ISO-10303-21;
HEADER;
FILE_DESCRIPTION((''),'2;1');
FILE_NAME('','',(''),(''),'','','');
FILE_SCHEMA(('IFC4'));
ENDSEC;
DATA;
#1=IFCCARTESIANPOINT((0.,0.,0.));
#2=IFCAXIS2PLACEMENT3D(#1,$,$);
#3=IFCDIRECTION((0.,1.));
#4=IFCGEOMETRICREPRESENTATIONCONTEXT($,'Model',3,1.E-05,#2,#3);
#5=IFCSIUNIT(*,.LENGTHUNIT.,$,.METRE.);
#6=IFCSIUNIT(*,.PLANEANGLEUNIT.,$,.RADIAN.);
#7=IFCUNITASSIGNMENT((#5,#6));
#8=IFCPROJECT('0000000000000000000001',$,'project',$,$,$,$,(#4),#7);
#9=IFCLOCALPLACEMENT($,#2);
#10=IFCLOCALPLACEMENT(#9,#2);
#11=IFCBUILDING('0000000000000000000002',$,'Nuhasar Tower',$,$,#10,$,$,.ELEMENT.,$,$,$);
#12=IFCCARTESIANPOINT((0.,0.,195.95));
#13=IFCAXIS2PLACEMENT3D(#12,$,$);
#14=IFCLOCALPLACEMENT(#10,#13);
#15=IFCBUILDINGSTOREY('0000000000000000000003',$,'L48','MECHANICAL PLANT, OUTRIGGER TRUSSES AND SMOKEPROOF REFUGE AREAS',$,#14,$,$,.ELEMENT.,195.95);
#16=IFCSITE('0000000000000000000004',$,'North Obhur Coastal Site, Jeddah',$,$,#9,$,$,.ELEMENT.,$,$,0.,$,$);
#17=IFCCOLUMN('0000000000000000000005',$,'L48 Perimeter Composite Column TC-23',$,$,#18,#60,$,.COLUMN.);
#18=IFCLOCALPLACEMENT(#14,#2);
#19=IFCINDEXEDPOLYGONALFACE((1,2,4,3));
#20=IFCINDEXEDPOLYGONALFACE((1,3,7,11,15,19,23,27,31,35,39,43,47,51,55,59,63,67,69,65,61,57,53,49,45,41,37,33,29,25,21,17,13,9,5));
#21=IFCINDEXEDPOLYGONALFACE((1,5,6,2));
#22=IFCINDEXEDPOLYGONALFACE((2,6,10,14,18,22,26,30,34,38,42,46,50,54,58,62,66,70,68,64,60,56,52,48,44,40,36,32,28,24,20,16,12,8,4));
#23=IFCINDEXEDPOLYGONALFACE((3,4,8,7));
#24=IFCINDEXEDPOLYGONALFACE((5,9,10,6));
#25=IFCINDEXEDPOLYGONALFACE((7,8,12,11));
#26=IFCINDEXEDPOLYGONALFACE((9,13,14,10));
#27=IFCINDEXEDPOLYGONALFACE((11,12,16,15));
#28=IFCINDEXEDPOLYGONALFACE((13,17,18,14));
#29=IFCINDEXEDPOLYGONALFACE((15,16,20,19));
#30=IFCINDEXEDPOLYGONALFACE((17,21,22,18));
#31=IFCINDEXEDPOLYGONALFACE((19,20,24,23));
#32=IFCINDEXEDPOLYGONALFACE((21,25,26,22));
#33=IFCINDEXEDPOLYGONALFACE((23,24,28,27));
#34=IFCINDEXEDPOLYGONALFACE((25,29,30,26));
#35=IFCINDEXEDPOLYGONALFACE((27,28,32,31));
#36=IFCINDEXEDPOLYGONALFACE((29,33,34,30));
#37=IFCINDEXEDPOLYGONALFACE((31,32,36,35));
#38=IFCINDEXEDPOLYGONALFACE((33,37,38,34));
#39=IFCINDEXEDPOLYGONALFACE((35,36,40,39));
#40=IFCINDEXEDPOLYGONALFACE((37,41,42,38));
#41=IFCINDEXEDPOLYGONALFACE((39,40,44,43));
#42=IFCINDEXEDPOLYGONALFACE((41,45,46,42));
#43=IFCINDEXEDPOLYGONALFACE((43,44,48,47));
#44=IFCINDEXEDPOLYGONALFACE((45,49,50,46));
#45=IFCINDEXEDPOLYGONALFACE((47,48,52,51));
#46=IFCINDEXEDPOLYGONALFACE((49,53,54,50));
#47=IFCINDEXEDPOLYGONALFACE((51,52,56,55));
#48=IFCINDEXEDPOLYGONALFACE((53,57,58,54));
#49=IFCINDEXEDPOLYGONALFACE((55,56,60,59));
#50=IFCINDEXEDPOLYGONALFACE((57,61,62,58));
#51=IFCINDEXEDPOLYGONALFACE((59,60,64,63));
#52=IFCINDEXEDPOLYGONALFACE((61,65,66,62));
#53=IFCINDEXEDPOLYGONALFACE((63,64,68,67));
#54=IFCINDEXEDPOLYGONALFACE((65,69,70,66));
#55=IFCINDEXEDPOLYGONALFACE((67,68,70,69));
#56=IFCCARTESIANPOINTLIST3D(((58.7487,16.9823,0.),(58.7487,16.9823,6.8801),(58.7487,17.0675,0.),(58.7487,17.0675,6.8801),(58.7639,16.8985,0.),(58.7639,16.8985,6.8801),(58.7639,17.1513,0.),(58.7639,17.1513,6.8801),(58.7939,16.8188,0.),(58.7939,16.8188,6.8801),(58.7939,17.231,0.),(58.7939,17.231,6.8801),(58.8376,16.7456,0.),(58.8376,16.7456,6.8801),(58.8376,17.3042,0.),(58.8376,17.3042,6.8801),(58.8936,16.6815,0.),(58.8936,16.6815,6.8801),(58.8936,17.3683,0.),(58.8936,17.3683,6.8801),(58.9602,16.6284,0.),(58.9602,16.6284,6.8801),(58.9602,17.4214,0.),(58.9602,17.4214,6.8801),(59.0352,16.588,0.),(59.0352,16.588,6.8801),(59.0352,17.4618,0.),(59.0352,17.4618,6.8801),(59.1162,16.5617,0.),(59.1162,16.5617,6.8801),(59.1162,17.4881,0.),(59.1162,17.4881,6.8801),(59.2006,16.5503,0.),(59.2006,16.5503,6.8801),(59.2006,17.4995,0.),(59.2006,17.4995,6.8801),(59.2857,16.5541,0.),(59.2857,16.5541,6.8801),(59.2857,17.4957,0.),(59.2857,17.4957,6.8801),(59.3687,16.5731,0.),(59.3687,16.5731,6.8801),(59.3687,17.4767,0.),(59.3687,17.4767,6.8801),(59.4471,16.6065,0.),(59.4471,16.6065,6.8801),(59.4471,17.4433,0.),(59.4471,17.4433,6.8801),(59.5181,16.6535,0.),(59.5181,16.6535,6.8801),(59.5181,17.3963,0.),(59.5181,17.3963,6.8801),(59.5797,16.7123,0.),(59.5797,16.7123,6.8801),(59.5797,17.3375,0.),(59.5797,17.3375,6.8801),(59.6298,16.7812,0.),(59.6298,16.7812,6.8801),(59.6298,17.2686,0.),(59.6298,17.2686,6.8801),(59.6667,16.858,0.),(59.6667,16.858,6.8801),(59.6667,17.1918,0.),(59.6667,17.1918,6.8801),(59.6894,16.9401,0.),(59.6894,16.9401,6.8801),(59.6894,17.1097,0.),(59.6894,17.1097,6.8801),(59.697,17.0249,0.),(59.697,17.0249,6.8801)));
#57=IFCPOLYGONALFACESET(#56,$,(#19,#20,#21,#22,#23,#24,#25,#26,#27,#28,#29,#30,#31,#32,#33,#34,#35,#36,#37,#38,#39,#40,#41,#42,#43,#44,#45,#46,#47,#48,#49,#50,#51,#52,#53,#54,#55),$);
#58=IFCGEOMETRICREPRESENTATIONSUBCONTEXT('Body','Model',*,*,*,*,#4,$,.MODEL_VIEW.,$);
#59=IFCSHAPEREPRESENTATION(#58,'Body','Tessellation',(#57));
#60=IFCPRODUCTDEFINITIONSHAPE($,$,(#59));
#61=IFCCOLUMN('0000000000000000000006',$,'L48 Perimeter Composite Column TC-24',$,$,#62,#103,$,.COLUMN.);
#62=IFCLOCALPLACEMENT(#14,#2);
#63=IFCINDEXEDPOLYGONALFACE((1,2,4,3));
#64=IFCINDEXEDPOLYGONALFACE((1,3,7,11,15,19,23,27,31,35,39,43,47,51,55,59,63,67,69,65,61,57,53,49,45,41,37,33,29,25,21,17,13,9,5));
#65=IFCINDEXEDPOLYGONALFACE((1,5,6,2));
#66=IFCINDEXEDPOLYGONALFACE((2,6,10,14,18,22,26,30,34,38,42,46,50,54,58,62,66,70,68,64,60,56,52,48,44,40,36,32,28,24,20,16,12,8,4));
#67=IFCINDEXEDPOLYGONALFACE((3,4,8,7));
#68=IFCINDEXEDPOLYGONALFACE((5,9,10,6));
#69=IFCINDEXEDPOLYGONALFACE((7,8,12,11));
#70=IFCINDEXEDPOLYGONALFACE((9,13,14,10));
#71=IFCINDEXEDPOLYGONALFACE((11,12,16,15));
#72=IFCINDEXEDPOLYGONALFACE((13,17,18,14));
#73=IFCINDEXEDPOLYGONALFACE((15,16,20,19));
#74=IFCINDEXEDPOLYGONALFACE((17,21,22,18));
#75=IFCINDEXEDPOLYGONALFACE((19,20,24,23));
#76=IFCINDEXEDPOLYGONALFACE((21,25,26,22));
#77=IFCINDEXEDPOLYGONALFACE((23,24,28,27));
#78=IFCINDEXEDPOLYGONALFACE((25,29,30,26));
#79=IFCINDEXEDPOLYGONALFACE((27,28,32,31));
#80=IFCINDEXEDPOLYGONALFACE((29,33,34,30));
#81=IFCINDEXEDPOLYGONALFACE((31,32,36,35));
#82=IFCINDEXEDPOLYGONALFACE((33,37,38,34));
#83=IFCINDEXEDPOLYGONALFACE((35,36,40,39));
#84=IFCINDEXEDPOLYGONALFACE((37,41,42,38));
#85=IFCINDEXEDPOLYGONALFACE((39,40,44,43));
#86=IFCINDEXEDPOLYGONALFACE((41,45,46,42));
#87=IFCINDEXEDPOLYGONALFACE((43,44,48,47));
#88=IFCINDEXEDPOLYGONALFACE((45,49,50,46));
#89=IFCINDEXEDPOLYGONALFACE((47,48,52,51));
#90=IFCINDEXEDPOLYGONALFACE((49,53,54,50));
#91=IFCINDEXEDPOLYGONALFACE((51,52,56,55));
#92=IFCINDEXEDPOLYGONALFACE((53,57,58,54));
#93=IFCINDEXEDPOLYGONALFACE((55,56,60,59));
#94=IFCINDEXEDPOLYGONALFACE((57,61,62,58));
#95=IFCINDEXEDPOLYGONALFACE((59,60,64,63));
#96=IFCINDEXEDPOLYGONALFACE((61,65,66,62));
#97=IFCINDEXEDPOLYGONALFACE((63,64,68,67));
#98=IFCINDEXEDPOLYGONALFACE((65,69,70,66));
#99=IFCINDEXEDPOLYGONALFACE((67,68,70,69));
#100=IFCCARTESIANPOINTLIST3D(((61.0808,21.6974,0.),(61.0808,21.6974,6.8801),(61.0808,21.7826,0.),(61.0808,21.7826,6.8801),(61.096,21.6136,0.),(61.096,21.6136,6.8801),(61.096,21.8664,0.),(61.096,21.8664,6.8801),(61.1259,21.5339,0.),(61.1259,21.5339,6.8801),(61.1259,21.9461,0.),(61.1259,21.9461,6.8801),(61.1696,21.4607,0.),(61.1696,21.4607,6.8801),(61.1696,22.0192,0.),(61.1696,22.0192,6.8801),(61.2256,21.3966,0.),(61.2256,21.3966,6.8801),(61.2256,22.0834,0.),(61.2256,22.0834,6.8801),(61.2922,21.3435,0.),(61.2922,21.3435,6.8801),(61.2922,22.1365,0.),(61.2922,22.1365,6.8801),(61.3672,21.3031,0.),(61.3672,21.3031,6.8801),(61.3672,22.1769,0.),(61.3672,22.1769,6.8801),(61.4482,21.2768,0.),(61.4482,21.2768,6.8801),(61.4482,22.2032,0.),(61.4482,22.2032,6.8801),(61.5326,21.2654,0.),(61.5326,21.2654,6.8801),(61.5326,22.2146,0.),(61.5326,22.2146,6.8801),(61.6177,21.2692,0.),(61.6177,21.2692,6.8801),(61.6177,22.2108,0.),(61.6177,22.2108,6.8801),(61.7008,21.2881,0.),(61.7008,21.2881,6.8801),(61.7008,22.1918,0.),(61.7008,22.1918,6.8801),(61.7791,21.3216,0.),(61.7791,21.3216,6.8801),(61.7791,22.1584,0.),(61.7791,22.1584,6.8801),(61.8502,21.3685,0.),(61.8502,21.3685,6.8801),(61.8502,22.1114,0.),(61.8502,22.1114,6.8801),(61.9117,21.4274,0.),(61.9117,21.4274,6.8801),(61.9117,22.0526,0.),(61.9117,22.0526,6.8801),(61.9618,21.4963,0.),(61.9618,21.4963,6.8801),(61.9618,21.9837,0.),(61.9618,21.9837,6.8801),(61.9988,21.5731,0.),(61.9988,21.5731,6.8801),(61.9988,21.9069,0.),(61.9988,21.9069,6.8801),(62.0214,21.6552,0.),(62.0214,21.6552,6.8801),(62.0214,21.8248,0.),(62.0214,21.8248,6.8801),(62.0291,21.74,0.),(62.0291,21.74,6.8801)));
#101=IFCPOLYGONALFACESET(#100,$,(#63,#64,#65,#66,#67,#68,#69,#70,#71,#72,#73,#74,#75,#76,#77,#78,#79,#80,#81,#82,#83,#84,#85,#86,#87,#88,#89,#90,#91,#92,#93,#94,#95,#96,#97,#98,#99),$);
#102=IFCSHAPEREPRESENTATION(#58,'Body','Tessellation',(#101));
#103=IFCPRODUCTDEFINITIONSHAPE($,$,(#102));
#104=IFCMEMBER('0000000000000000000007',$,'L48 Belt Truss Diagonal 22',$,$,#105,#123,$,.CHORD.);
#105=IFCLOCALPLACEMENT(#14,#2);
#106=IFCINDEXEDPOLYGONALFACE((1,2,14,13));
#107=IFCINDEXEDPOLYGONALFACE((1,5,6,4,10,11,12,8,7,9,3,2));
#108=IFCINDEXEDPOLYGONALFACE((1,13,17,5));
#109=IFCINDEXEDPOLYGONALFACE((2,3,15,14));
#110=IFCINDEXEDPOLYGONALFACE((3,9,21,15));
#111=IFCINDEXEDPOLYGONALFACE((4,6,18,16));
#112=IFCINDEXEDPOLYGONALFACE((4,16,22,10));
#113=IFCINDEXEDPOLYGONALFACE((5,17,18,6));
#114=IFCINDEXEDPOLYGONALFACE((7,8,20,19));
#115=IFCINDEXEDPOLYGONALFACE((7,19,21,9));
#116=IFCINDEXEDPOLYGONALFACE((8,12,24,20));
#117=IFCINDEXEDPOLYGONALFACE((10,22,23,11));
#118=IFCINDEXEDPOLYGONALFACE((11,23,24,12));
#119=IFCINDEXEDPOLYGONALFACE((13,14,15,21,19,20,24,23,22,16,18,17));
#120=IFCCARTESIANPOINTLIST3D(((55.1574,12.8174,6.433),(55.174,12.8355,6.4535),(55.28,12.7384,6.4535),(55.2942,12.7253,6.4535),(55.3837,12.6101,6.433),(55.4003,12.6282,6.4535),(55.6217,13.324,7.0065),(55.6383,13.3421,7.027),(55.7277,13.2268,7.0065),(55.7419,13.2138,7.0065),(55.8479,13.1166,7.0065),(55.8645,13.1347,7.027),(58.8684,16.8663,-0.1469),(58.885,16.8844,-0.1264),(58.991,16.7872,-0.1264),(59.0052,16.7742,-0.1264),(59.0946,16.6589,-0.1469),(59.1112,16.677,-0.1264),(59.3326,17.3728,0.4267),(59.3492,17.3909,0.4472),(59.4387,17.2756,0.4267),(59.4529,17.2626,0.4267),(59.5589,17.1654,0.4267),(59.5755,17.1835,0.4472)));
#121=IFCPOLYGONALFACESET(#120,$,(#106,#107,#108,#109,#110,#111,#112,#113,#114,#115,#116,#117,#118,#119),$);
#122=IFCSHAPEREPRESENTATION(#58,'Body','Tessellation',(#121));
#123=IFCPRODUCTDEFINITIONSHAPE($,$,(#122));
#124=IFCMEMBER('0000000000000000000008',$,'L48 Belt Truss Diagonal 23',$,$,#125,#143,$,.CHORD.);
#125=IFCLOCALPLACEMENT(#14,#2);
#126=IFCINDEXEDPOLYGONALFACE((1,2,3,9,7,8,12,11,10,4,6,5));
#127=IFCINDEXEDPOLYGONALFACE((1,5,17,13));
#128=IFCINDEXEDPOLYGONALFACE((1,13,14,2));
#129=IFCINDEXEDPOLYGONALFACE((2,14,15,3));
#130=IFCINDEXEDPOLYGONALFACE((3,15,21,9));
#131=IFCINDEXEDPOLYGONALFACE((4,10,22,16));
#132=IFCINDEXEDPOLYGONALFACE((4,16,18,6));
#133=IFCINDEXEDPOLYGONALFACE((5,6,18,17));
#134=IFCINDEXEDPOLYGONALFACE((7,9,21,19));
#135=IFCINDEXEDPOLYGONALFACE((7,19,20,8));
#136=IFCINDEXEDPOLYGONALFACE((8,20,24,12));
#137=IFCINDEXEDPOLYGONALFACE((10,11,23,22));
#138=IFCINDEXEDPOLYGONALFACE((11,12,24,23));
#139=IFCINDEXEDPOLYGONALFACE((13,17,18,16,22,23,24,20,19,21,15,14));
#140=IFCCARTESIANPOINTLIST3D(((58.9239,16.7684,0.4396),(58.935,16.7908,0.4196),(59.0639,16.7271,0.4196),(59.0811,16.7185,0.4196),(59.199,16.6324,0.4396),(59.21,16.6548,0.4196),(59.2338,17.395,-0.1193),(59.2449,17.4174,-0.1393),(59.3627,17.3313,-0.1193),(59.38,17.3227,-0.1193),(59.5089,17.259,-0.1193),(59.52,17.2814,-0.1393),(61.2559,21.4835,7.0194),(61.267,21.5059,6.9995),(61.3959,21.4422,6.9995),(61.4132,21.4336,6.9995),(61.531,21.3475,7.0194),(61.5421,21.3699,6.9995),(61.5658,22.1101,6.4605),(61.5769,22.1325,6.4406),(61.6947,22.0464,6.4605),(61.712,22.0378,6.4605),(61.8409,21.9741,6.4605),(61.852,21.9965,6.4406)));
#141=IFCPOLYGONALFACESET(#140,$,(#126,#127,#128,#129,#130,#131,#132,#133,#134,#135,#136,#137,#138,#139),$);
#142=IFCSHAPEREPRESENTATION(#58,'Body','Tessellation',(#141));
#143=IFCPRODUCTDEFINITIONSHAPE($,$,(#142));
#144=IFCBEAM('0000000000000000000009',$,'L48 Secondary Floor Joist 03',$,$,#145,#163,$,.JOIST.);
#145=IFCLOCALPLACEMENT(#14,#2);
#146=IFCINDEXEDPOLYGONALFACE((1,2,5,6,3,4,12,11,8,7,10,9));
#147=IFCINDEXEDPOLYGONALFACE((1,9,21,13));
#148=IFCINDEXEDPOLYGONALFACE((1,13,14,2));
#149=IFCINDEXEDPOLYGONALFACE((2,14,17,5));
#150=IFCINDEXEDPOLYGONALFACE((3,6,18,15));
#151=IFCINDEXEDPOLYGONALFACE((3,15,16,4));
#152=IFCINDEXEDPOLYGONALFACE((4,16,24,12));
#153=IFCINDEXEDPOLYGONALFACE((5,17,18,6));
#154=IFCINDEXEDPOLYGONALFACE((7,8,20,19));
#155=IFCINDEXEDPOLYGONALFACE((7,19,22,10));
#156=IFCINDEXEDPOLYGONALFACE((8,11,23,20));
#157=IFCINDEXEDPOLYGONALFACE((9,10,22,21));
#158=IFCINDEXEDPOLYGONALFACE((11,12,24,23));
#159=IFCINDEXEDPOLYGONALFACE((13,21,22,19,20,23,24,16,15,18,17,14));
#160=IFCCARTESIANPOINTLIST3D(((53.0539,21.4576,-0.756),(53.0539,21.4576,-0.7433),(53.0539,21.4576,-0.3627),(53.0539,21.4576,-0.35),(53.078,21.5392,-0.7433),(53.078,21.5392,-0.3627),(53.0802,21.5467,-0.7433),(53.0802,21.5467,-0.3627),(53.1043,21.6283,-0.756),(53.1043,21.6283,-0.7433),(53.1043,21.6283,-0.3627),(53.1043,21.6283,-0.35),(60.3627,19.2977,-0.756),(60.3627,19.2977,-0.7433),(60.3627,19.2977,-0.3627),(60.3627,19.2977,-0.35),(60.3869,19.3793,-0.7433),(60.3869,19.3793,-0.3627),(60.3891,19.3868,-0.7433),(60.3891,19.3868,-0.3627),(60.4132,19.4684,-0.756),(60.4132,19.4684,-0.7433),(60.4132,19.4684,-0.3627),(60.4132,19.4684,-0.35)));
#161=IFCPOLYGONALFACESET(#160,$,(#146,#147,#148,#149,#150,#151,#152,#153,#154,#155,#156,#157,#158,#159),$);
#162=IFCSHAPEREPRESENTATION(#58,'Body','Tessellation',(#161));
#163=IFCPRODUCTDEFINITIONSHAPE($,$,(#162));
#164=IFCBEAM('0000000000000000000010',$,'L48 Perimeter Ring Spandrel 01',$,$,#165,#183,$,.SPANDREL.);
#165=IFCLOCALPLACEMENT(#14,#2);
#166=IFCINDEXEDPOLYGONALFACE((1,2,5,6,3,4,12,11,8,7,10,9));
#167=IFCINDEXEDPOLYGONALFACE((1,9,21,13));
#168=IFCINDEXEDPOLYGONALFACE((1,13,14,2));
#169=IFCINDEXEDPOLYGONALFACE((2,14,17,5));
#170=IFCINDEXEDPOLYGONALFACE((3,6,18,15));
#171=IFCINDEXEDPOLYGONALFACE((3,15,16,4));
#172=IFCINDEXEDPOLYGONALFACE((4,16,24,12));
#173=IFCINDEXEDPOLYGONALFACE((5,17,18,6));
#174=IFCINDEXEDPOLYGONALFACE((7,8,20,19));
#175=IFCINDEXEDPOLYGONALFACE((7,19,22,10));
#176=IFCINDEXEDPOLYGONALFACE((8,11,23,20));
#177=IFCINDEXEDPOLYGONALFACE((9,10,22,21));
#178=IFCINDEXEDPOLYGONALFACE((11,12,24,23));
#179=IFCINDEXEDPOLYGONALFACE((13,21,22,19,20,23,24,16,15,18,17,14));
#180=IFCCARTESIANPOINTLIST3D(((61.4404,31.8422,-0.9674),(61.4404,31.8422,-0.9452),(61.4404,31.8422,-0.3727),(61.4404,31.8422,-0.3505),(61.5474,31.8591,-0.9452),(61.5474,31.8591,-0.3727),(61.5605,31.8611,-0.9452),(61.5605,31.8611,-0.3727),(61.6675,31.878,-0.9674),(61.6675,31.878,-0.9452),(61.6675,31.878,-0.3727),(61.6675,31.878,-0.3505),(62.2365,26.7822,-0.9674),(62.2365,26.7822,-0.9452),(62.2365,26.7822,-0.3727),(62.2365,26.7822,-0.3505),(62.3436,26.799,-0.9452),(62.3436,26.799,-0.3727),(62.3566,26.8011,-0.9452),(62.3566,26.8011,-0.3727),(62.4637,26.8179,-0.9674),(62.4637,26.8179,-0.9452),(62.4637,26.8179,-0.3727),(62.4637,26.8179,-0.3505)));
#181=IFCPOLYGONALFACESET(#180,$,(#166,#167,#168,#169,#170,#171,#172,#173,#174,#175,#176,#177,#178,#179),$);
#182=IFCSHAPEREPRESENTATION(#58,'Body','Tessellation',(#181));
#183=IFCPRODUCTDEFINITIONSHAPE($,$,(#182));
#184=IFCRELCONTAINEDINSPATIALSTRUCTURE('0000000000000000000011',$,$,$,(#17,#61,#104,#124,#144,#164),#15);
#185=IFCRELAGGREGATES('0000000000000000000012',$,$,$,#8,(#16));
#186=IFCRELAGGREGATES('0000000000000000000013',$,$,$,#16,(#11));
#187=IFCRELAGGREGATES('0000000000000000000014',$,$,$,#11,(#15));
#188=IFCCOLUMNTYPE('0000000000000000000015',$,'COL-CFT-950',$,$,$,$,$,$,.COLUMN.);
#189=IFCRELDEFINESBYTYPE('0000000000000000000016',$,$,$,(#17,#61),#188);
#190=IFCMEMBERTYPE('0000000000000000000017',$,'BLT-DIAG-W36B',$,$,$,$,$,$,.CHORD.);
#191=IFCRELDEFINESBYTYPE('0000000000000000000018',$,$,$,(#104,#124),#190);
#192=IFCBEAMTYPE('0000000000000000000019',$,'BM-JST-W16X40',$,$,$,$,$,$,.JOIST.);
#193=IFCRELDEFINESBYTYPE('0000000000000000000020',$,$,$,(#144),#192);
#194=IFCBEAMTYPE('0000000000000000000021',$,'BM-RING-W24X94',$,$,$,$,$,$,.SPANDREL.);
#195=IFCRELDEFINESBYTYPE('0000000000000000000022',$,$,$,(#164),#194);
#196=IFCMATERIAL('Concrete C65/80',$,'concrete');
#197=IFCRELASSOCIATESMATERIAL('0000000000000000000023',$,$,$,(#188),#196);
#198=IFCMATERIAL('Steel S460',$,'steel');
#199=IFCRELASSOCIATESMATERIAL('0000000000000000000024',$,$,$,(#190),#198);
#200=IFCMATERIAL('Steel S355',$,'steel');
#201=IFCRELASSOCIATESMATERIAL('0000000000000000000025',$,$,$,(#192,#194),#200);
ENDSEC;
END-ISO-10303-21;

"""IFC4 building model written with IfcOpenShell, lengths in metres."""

from ifc_helpers import new_model, si_unit, direction, frame, origin, origin_2d, place, context, subcontext, project, spatial, circle, i_section, extrude, material, material_profile, profile_set, type_object, element, save


model = new_model("IFC4")

# Units and contexts
model_context = context("Model", 3, precision=1e-05, world=origin(), true_north=direction((0.0, 1.0)))
body_context = subcontext(model_context, "Body", "Model", "MODEL_VIEW")
ifc_project = project(units=[si_unit("LENGTHUNIT", "METRE"), si_unit("PLANEANGLEUNIT", "RADIAN")], contexts=[model_context])

# Site, building, storey
site_placement = place(None, origin())
site = spatial("IfcSite", under=ifc_project, at=site_placement, Name="North Obhur Coastal Site, Jeddah", CompositionType="ELEMENT", RefElevation=0.0)
building_placement = place(site_placement, origin())
building = spatial("IfcBuilding", under=site, at=building_placement, Name="Nuhasar Tower", CompositionType="ELEMENT")
storey_placement = place(building_placement, frame((0.0, 0.0, 195.95)))
storey = spatial("IfcBuildingStorey", under=building, at=storey_placement, Name="L48", Description="MECHANICAL PLANT, OUTRIGGER TRUSSES AND SMOKEPROOF REFUGE AREAS", CompositionType="ELEMENT", Elevation=195.95)

# Columns
ifc_material_1 = material(Name="Concrete C65/80", Category="concrete")
ifc_material_profile_1 = material_profile(ifc_material_1, circle(Radius=0.4751, at=origin_2d()), Name="CFT950")
ifc_profile_set_1 = profile_set([ifc_material_profile_1], Name="Concrete C65/80")
column_type = type_object("IfcColumnType", Name="COL-CFT-950", PredefinedType="COLUMN", material=ifc_profile_set_1)
for number, where, z_axis, x_axis, name in (
    (1, (59.2219, 17.0249, 0.0), (0.0, 0.0, 1.0), (1.0, 0.0, 0.0), "L48 Perimeter Composite Column TC-23"),
    (2, (61.554, 21.74, 0.0), (0.0, 0.0, 1.0), (1.0, 0.0, 0.0), "L48 Perimeter Composite Column TC-24"),
):
    element("IfcColumn", number, at=place(storey_placement, frame(where, z_axis=z_axis, x_axis=x_axis)), inside=storey, type_object=column_type, Name=name, PredefinedType="COLUMN", context=body_context, shape_type="SweptSolid", body=[
        extrude(circle(Radius=0.4751, at=origin_2d()), origin(), (0.0, 0.0, 1.0), 6.8801),
    ])

# Members
ifc_material_2 = material(Name="Steel S460", Category="steel")
ifc_material_profile_2 = material_profile(ifc_material_2, i_section(OverallWidth=0.3069, OverallDepth=0.927, WebThickness=0.0193, FlangeThickness=0.032, at=origin_2d()), Name="W36X194")
ifc_profile_set_2 = profile_set([ifc_material_profile_2], Name="Steel S460")
member_type_1 = type_object("IfcMemberType", Name="BLT-DIAG-W36B", PredefinedType="CHORD", material=ifc_profile_set_2)
member_1_placement = place(storey_placement, frame((59.2219, 17.0249, 0.1501), z_axis=(-0.432975, -0.472399, 0.767705), x_axis=(0.737198, -0.675676, 0.0)))
element("IfcMember", 3, at=member_1_placement, inside=storey, type_object=member_type_1, Name="L48 Belt Truss Diagonal 22", PredefinedType="CHORD", context=body_context, shape_type="SweptSolid", body=[
    extrude(i_section(OverallWidth=0.3069, OverallDepth=0.927, WebThickness=0.0193, FlangeThickness=0.032, at=origin_2d()), origin(), (0.0, 0.0, 1.0), 8.5708),
])
member_2_placement = place(storey_placement, frame((59.2219, 17.0249, 0.1501), z_axis=(0.27683, 0.559717, 0.781077), x_axis=(-0.896359, 0.443329, 0.0)))
element("IfcMember", 4, at=member_2_placement, inside=storey, type_object=member_type_1, Name="L48 Belt Truss Diagonal 23", PredefinedType="CHORD", context=body_context, shape_type="SweptSolid", body=[
    extrude(i_section(OverallWidth=0.3069, OverallDepth=0.927, WebThickness=0.0193, FlangeThickness=0.032, at=origin_2d()), origin(), (0.0, 0.0, 1.0), 8.4241),
])

# Beams
ifc_material_3 = material(Name="Steel S355", Category="steel")
ifc_material_profile_3 = material_profile(ifc_material_3, i_section(OverallWidth=0.178, OverallDepth=0.406, WebThickness=0.0078, FlangeThickness=0.0127, at=origin_2d()), Name="W16X40")
ifc_profile_set_3 = profile_set([ifc_material_profile_3], Name="Steel S355")
beam_type_1 = type_object("IfcBeamType", Name="BM-JST-W16X40", PredefinedType="JOIST", material=ifc_profile_set_3)
beam_1_placement = place(storey_placement, frame((53.0791, 21.543, -0.553), z_axis=(0.959, -0.283404, 0.0), x_axis=(0.283404, 0.959, 0.0)))
element("IfcBeam", 5, at=beam_1_placement, inside=storey, type_object=beam_type_1, Name="L48 Secondary Floor Joist 03", PredefinedType="JOIST", context=body_context, shape_type="SweptSolid", body=[
    extrude(i_section(OverallWidth=0.178, OverallDepth=0.406, WebThickness=0.0078, FlangeThickness=0.0127, at=origin_2d()), origin(), (0.0, 0.0, 1.0), 7.6213),
])
ifc_material_profile_4 = material_profile(ifc_material_3, i_section(OverallWidth=0.23, OverallDepth=0.6169, WebThickness=0.0132, FlangeThickness=0.0222, at=origin_2d()), Name="W24X94")
ifc_profile_set_4 = profile_set([ifc_material_profile_4], Name="Steel S355")
beam_type_2 = type_object("IfcBeamType", Name="BM-RING-W24X94", PredefinedType="SPANDREL", material=ifc_profile_set_4)
beam_2_placement = place(storey_placement, frame((62.3501, 26.8, -0.6589), z_axis=(-0.155427, 0.987847, 0.0), x_axis=(-0.987847, -0.155427, 0.0)))
element("IfcBeam", 6, at=beam_2_placement, inside=storey, type_object=beam_type_2, Name="L48 Perimeter Ring Spandrel 01", PredefinedType="SPANDREL", context=body_context, shape_type="SweptSolid", body=[
    extrude(i_section(OverallWidth=0.23, OverallDepth=0.6169, WebThickness=0.0132, FlangeThickness=0.0222, at=origin_2d()), origin(), (0.0, 0.0, 1.0), 5.1223),
])

save(model, "model.ifc")
